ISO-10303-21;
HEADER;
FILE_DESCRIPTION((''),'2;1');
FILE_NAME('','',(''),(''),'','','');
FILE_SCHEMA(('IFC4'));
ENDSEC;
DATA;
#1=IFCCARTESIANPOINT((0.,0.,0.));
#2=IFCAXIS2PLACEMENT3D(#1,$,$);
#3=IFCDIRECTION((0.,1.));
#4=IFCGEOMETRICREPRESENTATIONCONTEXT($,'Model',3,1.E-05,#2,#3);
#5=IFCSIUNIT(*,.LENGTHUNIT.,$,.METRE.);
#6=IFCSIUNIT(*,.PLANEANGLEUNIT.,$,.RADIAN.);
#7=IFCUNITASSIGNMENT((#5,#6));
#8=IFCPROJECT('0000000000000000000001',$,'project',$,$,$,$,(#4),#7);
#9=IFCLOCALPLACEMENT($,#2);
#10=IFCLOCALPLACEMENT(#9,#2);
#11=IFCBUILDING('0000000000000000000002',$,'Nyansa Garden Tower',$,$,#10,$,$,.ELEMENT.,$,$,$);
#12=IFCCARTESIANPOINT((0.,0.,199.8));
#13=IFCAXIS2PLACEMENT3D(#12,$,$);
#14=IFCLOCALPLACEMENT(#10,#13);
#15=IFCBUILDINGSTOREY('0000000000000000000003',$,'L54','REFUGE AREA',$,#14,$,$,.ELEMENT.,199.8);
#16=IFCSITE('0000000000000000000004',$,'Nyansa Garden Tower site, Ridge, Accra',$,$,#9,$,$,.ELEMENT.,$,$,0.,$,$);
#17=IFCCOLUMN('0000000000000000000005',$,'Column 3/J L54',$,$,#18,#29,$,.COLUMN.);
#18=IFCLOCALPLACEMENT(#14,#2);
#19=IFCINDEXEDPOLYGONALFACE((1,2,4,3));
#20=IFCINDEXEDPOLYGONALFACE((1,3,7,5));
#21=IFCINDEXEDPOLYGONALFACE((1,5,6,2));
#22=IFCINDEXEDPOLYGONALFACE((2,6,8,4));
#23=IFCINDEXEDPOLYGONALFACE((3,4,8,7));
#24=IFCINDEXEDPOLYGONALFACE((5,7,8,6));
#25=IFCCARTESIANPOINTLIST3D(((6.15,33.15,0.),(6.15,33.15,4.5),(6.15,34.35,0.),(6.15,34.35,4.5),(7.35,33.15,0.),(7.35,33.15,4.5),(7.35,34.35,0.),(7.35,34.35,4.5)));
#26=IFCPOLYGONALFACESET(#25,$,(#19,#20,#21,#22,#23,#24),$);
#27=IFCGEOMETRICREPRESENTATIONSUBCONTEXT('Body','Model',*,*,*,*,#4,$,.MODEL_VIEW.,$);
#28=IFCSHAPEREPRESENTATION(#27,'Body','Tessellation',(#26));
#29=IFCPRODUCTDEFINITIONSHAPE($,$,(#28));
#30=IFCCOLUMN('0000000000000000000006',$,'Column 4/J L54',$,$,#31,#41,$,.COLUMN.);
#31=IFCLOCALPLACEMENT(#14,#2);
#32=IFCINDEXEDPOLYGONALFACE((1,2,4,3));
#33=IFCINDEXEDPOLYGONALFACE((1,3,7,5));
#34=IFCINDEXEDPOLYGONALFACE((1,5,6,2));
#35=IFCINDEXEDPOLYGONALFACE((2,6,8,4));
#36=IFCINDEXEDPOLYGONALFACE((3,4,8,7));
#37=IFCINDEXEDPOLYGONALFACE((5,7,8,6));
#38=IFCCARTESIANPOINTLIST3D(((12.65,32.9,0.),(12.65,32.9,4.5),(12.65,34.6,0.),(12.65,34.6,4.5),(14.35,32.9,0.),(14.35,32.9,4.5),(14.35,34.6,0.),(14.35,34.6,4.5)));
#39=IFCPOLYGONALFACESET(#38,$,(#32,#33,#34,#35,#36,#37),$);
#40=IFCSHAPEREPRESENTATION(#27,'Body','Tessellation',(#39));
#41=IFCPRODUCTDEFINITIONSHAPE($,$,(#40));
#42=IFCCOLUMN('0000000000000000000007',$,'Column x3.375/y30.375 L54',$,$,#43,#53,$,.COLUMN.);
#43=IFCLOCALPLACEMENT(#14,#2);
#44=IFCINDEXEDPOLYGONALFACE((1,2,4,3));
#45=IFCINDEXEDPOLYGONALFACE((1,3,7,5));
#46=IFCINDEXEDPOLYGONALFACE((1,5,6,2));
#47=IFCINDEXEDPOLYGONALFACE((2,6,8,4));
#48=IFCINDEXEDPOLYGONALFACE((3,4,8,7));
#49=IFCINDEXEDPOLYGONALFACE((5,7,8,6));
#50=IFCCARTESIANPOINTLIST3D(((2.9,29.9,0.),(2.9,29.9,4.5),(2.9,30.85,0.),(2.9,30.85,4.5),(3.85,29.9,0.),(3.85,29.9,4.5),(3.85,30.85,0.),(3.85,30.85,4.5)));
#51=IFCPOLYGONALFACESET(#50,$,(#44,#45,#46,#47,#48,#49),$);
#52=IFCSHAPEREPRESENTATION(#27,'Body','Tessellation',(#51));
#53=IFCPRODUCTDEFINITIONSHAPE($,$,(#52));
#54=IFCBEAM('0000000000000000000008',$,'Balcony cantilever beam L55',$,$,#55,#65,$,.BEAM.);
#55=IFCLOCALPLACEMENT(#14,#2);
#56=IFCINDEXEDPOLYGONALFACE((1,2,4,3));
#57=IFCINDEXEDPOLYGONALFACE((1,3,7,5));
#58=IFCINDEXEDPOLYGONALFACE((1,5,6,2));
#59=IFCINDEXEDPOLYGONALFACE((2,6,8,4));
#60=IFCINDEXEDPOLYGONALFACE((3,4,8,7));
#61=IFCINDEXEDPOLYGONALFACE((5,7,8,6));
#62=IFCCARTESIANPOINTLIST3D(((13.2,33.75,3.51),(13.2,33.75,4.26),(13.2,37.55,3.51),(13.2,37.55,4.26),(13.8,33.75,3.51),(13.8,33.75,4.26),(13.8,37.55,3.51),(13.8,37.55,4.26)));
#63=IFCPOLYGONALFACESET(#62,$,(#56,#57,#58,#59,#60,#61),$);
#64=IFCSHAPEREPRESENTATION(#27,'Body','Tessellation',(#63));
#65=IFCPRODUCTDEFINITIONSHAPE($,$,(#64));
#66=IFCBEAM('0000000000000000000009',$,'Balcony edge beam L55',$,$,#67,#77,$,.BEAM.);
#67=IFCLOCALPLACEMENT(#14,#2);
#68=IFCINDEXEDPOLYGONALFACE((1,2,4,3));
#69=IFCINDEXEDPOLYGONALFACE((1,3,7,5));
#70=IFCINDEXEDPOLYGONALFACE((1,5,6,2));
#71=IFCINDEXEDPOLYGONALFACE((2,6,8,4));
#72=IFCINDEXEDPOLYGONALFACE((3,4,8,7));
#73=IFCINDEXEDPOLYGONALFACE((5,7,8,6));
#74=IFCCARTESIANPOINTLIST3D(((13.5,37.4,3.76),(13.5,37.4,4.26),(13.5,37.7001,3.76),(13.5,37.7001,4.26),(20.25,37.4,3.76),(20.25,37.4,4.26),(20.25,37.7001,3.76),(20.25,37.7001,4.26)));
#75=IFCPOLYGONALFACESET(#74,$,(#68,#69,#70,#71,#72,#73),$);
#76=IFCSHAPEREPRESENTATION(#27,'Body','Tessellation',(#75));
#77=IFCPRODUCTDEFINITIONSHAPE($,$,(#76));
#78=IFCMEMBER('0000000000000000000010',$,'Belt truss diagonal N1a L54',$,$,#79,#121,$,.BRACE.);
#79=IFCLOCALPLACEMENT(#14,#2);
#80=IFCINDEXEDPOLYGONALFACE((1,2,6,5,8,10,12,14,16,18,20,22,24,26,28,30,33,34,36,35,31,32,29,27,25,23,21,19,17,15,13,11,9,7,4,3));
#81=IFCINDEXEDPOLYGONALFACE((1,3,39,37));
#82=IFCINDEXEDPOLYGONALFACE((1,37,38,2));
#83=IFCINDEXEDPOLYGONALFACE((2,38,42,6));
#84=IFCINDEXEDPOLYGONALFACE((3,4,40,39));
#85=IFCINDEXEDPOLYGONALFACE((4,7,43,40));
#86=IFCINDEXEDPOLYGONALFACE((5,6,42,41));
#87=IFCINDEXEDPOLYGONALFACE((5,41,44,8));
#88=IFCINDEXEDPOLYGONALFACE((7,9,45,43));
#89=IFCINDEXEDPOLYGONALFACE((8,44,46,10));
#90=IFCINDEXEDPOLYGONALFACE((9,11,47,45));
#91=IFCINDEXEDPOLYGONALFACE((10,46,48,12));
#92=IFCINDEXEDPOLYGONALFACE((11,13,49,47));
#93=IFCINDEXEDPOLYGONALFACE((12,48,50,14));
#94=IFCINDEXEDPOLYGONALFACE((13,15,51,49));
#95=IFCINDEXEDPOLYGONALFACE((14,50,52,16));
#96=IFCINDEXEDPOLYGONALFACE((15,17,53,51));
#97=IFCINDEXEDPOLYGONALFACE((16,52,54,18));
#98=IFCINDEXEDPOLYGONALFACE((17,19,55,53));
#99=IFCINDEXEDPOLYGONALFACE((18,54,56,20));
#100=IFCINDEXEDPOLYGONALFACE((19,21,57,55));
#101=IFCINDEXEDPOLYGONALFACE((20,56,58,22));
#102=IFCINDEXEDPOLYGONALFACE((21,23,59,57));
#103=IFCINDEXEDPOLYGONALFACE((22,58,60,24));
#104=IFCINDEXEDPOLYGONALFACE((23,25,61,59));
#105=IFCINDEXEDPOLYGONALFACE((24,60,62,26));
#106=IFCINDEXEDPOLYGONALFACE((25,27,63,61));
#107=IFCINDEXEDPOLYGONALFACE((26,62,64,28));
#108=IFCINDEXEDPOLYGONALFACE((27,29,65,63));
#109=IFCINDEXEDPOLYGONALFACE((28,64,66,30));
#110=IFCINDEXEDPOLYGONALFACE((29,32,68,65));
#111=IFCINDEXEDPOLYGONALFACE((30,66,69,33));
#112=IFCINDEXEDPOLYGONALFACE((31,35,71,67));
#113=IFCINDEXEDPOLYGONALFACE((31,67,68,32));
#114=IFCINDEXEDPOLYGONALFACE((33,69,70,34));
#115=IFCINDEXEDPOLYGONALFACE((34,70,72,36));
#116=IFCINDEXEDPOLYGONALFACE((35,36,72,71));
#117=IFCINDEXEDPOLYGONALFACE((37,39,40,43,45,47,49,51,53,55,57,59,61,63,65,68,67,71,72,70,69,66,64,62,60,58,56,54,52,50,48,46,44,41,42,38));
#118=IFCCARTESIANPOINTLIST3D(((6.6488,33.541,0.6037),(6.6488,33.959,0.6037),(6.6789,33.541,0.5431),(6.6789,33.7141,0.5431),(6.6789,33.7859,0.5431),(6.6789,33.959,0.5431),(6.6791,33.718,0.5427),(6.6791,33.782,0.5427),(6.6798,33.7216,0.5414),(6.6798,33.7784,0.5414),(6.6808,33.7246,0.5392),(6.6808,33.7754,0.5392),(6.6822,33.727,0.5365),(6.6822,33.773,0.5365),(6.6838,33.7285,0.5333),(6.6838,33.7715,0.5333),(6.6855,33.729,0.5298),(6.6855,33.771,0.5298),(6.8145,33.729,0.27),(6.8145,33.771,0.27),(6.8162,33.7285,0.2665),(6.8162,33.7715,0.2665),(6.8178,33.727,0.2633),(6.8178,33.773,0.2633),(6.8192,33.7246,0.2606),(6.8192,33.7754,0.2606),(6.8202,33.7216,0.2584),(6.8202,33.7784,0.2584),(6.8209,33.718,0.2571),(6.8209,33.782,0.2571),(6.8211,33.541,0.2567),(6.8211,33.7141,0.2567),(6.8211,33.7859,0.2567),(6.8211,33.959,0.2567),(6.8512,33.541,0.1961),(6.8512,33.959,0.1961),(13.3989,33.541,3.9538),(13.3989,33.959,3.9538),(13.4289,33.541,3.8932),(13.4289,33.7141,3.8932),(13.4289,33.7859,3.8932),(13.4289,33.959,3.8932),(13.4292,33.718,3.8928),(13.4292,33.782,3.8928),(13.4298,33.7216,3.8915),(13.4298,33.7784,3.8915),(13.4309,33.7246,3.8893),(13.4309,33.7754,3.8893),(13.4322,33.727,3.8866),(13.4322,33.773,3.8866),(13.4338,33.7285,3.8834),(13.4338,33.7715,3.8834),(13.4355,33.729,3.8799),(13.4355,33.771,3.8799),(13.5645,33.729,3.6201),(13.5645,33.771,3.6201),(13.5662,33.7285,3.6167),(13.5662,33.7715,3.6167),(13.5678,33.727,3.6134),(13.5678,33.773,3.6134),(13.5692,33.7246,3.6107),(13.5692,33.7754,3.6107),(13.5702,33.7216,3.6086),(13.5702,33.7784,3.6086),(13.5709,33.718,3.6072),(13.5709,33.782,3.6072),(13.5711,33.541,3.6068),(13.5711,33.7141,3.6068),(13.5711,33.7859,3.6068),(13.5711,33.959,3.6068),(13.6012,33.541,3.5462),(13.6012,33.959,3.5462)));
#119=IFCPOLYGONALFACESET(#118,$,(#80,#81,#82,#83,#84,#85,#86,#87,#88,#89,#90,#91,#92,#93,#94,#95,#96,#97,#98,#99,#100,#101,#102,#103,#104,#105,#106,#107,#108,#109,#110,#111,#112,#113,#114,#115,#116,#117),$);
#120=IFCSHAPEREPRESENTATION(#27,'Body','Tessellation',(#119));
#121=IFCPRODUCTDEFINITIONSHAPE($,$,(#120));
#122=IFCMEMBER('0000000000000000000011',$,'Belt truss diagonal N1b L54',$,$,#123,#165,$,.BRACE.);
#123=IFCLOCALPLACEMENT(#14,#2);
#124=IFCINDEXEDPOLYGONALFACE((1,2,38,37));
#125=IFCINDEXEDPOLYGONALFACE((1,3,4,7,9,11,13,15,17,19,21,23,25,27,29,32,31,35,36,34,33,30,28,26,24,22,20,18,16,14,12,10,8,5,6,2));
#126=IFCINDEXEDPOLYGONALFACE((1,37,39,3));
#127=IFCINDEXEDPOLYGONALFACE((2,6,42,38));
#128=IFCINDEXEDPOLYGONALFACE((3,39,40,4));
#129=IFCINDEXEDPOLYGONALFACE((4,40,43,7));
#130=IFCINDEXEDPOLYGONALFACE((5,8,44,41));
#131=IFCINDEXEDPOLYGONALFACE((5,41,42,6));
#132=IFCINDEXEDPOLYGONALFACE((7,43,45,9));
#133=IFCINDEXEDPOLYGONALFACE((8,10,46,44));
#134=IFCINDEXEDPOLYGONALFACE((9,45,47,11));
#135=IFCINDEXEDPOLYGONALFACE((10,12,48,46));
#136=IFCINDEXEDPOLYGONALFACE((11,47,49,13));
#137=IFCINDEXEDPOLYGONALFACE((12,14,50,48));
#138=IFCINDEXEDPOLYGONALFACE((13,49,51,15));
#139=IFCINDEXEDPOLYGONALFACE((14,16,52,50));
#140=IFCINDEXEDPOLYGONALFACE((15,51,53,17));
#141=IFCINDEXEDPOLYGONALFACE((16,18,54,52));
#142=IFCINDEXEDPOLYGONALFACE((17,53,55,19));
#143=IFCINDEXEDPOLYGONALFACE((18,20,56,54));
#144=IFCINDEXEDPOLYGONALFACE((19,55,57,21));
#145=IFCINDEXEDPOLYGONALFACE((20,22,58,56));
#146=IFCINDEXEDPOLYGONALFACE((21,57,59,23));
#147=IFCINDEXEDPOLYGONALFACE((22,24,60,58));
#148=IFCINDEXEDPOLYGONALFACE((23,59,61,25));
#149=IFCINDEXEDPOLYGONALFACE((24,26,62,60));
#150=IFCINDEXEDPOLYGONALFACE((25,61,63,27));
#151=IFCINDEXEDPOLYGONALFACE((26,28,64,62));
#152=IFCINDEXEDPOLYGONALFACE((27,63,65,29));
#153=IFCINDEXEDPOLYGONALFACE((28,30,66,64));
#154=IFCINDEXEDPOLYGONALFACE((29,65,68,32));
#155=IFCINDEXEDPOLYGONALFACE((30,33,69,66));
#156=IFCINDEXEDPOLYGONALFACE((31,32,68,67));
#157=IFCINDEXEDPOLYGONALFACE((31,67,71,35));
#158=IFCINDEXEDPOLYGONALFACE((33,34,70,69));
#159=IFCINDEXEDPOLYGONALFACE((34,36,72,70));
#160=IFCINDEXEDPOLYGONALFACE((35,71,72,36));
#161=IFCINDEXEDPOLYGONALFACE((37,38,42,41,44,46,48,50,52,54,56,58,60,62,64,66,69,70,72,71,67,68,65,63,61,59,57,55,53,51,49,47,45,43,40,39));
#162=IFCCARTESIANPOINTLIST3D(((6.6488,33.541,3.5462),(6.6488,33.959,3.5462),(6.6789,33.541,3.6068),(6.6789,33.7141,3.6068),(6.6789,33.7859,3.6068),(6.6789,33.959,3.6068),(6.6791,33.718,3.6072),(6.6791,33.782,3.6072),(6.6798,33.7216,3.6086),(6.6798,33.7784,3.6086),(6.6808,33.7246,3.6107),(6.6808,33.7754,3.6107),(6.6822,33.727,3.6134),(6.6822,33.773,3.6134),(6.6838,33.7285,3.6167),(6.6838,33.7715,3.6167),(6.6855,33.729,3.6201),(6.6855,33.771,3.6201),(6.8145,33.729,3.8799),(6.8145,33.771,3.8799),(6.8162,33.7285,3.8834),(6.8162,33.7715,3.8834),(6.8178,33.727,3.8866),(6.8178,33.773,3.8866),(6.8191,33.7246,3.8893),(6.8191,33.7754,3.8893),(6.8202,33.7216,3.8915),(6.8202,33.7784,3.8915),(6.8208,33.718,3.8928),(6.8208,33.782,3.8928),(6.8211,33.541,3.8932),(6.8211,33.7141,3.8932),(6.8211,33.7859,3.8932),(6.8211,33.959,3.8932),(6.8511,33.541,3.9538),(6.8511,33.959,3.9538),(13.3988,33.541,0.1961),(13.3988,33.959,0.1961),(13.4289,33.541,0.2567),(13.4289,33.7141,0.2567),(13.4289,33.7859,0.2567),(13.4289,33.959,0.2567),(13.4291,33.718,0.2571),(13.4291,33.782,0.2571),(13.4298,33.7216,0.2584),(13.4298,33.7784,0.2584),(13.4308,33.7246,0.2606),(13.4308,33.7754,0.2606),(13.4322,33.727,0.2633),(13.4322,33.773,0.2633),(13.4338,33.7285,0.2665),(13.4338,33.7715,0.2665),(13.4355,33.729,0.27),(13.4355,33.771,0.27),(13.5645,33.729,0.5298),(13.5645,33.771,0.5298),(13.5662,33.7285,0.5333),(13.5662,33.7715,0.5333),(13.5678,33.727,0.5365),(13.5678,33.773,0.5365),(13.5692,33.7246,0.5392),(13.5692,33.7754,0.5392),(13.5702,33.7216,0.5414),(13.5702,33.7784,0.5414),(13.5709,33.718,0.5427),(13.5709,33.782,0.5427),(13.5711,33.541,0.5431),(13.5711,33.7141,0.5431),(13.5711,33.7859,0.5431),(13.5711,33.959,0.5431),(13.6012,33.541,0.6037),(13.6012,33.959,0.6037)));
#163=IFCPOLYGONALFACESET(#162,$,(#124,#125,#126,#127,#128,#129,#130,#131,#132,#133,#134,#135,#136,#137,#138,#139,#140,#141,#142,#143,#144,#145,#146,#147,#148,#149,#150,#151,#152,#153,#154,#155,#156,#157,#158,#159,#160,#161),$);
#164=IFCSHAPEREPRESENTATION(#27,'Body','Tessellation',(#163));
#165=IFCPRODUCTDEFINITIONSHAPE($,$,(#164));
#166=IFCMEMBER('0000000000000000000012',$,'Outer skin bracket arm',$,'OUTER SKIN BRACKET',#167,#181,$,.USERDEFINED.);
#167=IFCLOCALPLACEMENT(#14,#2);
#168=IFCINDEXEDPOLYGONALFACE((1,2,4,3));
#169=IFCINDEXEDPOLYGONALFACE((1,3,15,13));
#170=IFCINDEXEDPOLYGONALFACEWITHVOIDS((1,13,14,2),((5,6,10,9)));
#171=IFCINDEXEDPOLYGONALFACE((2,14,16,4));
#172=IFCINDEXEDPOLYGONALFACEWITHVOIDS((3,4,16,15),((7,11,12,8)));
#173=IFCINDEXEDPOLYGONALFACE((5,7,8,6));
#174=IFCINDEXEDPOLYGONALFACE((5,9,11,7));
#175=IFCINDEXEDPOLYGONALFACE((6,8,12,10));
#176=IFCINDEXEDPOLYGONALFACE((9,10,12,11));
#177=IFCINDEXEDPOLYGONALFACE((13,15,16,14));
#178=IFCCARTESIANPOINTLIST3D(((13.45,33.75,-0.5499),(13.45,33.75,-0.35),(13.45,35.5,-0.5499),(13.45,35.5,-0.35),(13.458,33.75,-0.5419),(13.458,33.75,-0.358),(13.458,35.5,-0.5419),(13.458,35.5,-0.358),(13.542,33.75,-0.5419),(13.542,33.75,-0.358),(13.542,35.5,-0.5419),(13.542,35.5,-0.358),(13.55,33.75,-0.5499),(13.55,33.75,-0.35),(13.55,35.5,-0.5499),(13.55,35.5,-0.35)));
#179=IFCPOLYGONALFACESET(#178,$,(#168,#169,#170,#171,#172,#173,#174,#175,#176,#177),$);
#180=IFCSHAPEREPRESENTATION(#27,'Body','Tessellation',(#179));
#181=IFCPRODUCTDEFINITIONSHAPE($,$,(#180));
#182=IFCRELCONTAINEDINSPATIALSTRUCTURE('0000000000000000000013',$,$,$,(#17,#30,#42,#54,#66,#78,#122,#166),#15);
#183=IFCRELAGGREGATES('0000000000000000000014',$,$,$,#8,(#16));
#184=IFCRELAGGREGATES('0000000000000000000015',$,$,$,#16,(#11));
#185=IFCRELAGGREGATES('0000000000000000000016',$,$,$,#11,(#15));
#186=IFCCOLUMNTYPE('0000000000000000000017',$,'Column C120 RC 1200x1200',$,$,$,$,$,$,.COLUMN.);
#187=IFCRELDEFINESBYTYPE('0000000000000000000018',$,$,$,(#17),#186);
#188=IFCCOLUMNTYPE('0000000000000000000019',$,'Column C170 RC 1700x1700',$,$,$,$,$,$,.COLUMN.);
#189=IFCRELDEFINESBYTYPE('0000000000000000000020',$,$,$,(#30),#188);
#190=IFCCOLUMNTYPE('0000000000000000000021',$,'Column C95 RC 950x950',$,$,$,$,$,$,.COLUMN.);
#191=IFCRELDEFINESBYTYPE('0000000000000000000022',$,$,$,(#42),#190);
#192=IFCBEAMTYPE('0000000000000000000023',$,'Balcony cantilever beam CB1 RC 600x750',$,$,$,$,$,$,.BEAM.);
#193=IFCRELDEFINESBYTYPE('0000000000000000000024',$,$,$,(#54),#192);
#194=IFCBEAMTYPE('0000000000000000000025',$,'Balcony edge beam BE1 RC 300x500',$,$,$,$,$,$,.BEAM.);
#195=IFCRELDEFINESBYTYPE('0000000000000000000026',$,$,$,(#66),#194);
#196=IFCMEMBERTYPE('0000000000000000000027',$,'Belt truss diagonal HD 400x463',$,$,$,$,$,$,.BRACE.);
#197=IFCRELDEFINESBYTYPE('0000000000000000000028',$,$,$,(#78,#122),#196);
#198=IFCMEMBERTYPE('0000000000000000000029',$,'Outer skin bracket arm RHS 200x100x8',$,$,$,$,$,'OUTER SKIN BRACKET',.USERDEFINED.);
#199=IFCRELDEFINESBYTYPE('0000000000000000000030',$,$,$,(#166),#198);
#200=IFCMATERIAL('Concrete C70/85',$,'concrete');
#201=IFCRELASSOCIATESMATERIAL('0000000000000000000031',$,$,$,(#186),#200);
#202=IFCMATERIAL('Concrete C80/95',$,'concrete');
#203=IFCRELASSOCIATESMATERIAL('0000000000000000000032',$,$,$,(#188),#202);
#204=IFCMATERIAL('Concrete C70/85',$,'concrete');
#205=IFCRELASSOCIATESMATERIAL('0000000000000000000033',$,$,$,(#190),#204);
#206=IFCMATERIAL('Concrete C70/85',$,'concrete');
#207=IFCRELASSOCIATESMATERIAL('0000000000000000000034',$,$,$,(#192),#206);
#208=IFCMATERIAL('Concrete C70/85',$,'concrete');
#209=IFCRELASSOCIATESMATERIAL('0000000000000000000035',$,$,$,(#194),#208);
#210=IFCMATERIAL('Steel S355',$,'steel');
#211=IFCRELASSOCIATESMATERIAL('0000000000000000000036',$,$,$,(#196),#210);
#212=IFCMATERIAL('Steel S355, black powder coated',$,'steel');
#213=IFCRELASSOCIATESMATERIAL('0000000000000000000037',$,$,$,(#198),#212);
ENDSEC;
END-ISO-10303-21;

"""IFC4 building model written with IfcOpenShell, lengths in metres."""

from ifc_helpers import new_model, si_unit, direction, frame, origin, origin_2d, place, context, subcontext, project, spatial, rectangle, hollow_rectangle, i_section, extrude, material, material_profile, profile_set, type_object, element, save


model = new_model("IFC4")

# Units and contexts
model_context = context("Model", 3, precision=1e-05, world=origin(), true_north=direction((0.0, 1.0)))
body_context = subcontext(model_context, "Body", "Model", "MODEL_VIEW")
ifc_project = project(units=[si_unit("LENGTHUNIT", "METRE"), si_unit("PLANEANGLEUNIT", "RADIAN")], contexts=[model_context])

# Site, building, storey
site_placement = place(None, origin())
site = spatial("IfcSite", under=ifc_project, at=site_placement, Name="Nyansa Garden Tower site, Ridge, Accra", CompositionType="ELEMENT", RefElevation=0.0)
building_placement = place(site_placement, origin())
building = spatial("IfcBuilding", under=site, at=building_placement, Name="Nyansa Garden Tower", CompositionType="ELEMENT")
storey_placement = place(building_placement, frame((0.0, 0.0, 199.8)))
storey = spatial("IfcBuildingStorey", under=building, at=storey_placement, Name="L54", Description="REFUGE AREA", CompositionType="ELEMENT", Elevation=199.8)

# Columns
ifc_material_1 = material(Name="Concrete C70/85", Category="concrete")
ifc_material_profile_1 = material_profile(ifc_material_1, rectangle(XDim=1.2, YDim=1.2, at=origin_2d()), Name="RC 1200x1200")
ifc_profile_set_1 = profile_set([ifc_material_profile_1], Name="Concrete C70/85")
column_type_1 = type_object("IfcColumnType", Name="Column C120 RC 1200x1200", PredefinedType="COLUMN", material=ifc_profile_set_1)
column_1_placement = place(storey_placement, frame((6.75, 33.75, 0.0), z_axis=(0.0, 0.0, 1.0), x_axis=(1.0, 0.0, 0.0)))
element("IfcColumn", 1, at=column_1_placement, inside=storey, type_object=column_type_1, Name="Column 3/J L54", PredefinedType="COLUMN", context=body_context, shape_type="SweptSolid", body=[
    extrude(rectangle(XDim=1.2, YDim=1.2, at=origin_2d()), origin(), (0.0, 0.0, 1.0), 4.5),
])
ifc_material_2 = material(Name="Concrete C80/95", Category="concrete")
ifc_material_profile_2 = material_profile(ifc_material_2, rectangle(XDim=1.7, YDim=1.7, at=origin_2d()), Name="RC 1700x1700")
ifc_profile_set_2 = profile_set([ifc_material_profile_2], Name="Concrete C80/95")
column_type_2 = type_object("IfcColumnType", Name="Column C170 RC 1700x1700", PredefinedType="COLUMN", material=ifc_profile_set_2)
column_2_placement = place(storey_placement, frame((13.5, 33.75, 0.0), z_axis=(0.0, 0.0, 1.0), x_axis=(1.0, 0.0, 0.0)))
element("IfcColumn", 2, at=column_2_placement, inside=storey, type_object=column_type_2, Name="Column 4/J L54", PredefinedType="COLUMN", context=body_context, shape_type="SweptSolid", body=[
    extrude(rectangle(XDim=1.7, YDim=1.7, at=origin_2d()), origin(), (0.0, 0.0, 1.0), 4.5),
])
ifc_material_3 = material(Name="Concrete C70/85", Category="concrete")
ifc_material_profile_3 = material_profile(ifc_material_3, rectangle(XDim=0.95, YDim=0.95, at=origin_2d()), Name="RC 950x950")
ifc_profile_set_3 = profile_set([ifc_material_profile_3], Name="Concrete C70/85")
column_type_3 = type_object("IfcColumnType", Name="Column C95 RC 950x950", PredefinedType="COLUMN", material=ifc_profile_set_3)
column_3_placement = place(storey_placement, frame((3.375, 30.375, 0.0), z_axis=(0.0, 0.0, 1.0), x_axis=(1.0, 0.0, 0.0)))
element("IfcColumn", 3, at=column_3_placement, inside=storey, type_object=column_type_3, Name="Column x3.375/y30.375 L54", PredefinedType="COLUMN", context=body_context, shape_type="SweptSolid", body=[
    extrude(rectangle(XDim=0.95, YDim=0.95, at=origin_2d()), origin(), (0.0, 0.0, 1.0), 4.5),
])

# Beams
ifc_material_4 = material(Name="Concrete C70/85", Category="concrete")
ifc_material_profile_4 = material_profile(ifc_material_4, rectangle(XDim=0.6001, YDim=0.75, at=origin_2d()), Name="RC 600x750")
ifc_profile_set_4 = profile_set([ifc_material_profile_4], Name="Concrete C70/85")
beam_type_1 = type_object("IfcBeamType", Name="Balcony cantilever beam CB1 RC 600x750", PredefinedType="BEAM", material=ifc_profile_set_4)
beam_1_placement = place(storey_placement, frame((13.5, 33.75, 3.885), z_axis=(0.0, 1.0, 0.0), x_axis=(-1.0, 0.0, 0.0)))
element("IfcBeam", 4, at=beam_1_placement, inside=storey, type_object=beam_type_1, Name="Balcony cantilever beam L55", PredefinedType="BEAM", context=body_context, shape_type="SweptSolid", body=[
    extrude(rectangle(XDim=0.6001, YDim=0.75, at=origin_2d()), origin(), (0.0, 0.0, 1.0), 3.8),
])
ifc_material_5 = material(Name="Concrete C70/85", Category="concrete")
ifc_material_profile_5 = material_profile(ifc_material_5, rectangle(XDim=0.3, YDim=0.5, at=origin_2d()), Name="RC 300x500")
ifc_profile_set_5 = profile_set([ifc_material_profile_5], Name="Concrete C70/85")
beam_type_2 = type_object("IfcBeamType", Name="Balcony edge beam BE1 RC 300x500", PredefinedType="BEAM", material=ifc_profile_set_5)
beam_2_placement = place(storey_placement, frame((13.5, 37.55, 4.01), z_axis=(1.0, 0.0, 0.0), x_axis=(0.0, 1.0, 0.0)))
element("IfcBeam", 5, at=beam_2_placement, inside=storey, type_object=beam_type_2, Name="Balcony edge beam L55", PredefinedType="BEAM", context=body_context, shape_type="SweptSolid", body=[
    extrude(rectangle(XDim=0.3, YDim=0.5, at=origin_2d()), origin(), (0.0, 0.0, 1.0), 6.75),
])

# Members
ifc_material_6 = material(Name="Steel S355", Category="steel")
ifc_material_profile_6 = material_profile(ifc_material_6, i_section(OverallWidth=0.418, OverallDepth=0.4551, WebThickness=0.042, FlangeThickness=0.0676, FilletRadius=0.0149, at=origin_2d()), Name="HD 400x463")
ifc_profile_set_6 = profile_set([ifc_material_profile_6], Name="Steel S355")
member_type_1 = type_object("IfcMemberType", Name="Belt truss diagonal HD 400x463", PredefinedType="BRACE", material=ifc_profile_set_6)
for number, where, z_axis, x_axis, name in (
    (6, (6.75, 33.75, 0.3999), (0.895745, 0.0, 0.444568), (0.0, 1.0, 0.0), "Belt truss diagonal N1a L54"),
    (7, (13.5, 33.75, 0.3999), (-0.895745, 0.0, 0.444568), (0.0, -1.0, 0.0), "Belt truss diagonal N1b L54"),
):
    element("IfcMember", number, at=place(storey_placement, frame(where, z_axis=z_axis, x_axis=x_axis)), inside=storey, type_object=member_type_1, Name=name, PredefinedType="BRACE", context=body_context, shape_type="SweptSolid", body=[
        extrude(i_section(OverallWidth=0.418, OverallDepth=0.4551, WebThickness=0.042, FlangeThickness=0.0676, FilletRadius=0.0149, at=origin_2d()), origin(), (0.0, 0.0, 1.0), 7.5356),
    ])
ifc_material_7 = material(Name="Steel S355, black powder coated", Category="steel")
ifc_material_profile_7 = material_profile(ifc_material_7, hollow_rectangle(XDim=0.1001, YDim=0.2, WallThickness=0.0081, at=origin_2d()), Name="RHS 200x100x8")
ifc_profile_set_7 = profile_set([ifc_material_profile_7], Name="Steel S355, black powder coated")
member_type_2 = type_object("IfcMemberType", Name="Outer skin bracket arm RHS 200x100x8", ElementType="OUTER SKIN BRACKET", PredefinedType="USERDEFINED", material=ifc_profile_set_7)
member_1_placement = place(storey_placement, frame((13.5, 33.75, -0.45), z_axis=(0.0, 1.0, 0.0), x_axis=(-1.0, 0.0, 0.0)))
element("IfcMember", 8, at=member_1_placement, inside=storey, type_object=member_type_2, Name="Outer skin bracket arm", ObjectType="OUTER SKIN BRACKET", PredefinedType="USERDEFINED", context=body_context, shape_type="SweptSolid", body=[
    extrude(hollow_rectangle(XDim=0.1001, YDim=0.2, WallThickness=0.0081, at=origin_2d()), origin(), (0.0, 0.0, 1.0), 1.75),
])

save(model, "model.ifc")
